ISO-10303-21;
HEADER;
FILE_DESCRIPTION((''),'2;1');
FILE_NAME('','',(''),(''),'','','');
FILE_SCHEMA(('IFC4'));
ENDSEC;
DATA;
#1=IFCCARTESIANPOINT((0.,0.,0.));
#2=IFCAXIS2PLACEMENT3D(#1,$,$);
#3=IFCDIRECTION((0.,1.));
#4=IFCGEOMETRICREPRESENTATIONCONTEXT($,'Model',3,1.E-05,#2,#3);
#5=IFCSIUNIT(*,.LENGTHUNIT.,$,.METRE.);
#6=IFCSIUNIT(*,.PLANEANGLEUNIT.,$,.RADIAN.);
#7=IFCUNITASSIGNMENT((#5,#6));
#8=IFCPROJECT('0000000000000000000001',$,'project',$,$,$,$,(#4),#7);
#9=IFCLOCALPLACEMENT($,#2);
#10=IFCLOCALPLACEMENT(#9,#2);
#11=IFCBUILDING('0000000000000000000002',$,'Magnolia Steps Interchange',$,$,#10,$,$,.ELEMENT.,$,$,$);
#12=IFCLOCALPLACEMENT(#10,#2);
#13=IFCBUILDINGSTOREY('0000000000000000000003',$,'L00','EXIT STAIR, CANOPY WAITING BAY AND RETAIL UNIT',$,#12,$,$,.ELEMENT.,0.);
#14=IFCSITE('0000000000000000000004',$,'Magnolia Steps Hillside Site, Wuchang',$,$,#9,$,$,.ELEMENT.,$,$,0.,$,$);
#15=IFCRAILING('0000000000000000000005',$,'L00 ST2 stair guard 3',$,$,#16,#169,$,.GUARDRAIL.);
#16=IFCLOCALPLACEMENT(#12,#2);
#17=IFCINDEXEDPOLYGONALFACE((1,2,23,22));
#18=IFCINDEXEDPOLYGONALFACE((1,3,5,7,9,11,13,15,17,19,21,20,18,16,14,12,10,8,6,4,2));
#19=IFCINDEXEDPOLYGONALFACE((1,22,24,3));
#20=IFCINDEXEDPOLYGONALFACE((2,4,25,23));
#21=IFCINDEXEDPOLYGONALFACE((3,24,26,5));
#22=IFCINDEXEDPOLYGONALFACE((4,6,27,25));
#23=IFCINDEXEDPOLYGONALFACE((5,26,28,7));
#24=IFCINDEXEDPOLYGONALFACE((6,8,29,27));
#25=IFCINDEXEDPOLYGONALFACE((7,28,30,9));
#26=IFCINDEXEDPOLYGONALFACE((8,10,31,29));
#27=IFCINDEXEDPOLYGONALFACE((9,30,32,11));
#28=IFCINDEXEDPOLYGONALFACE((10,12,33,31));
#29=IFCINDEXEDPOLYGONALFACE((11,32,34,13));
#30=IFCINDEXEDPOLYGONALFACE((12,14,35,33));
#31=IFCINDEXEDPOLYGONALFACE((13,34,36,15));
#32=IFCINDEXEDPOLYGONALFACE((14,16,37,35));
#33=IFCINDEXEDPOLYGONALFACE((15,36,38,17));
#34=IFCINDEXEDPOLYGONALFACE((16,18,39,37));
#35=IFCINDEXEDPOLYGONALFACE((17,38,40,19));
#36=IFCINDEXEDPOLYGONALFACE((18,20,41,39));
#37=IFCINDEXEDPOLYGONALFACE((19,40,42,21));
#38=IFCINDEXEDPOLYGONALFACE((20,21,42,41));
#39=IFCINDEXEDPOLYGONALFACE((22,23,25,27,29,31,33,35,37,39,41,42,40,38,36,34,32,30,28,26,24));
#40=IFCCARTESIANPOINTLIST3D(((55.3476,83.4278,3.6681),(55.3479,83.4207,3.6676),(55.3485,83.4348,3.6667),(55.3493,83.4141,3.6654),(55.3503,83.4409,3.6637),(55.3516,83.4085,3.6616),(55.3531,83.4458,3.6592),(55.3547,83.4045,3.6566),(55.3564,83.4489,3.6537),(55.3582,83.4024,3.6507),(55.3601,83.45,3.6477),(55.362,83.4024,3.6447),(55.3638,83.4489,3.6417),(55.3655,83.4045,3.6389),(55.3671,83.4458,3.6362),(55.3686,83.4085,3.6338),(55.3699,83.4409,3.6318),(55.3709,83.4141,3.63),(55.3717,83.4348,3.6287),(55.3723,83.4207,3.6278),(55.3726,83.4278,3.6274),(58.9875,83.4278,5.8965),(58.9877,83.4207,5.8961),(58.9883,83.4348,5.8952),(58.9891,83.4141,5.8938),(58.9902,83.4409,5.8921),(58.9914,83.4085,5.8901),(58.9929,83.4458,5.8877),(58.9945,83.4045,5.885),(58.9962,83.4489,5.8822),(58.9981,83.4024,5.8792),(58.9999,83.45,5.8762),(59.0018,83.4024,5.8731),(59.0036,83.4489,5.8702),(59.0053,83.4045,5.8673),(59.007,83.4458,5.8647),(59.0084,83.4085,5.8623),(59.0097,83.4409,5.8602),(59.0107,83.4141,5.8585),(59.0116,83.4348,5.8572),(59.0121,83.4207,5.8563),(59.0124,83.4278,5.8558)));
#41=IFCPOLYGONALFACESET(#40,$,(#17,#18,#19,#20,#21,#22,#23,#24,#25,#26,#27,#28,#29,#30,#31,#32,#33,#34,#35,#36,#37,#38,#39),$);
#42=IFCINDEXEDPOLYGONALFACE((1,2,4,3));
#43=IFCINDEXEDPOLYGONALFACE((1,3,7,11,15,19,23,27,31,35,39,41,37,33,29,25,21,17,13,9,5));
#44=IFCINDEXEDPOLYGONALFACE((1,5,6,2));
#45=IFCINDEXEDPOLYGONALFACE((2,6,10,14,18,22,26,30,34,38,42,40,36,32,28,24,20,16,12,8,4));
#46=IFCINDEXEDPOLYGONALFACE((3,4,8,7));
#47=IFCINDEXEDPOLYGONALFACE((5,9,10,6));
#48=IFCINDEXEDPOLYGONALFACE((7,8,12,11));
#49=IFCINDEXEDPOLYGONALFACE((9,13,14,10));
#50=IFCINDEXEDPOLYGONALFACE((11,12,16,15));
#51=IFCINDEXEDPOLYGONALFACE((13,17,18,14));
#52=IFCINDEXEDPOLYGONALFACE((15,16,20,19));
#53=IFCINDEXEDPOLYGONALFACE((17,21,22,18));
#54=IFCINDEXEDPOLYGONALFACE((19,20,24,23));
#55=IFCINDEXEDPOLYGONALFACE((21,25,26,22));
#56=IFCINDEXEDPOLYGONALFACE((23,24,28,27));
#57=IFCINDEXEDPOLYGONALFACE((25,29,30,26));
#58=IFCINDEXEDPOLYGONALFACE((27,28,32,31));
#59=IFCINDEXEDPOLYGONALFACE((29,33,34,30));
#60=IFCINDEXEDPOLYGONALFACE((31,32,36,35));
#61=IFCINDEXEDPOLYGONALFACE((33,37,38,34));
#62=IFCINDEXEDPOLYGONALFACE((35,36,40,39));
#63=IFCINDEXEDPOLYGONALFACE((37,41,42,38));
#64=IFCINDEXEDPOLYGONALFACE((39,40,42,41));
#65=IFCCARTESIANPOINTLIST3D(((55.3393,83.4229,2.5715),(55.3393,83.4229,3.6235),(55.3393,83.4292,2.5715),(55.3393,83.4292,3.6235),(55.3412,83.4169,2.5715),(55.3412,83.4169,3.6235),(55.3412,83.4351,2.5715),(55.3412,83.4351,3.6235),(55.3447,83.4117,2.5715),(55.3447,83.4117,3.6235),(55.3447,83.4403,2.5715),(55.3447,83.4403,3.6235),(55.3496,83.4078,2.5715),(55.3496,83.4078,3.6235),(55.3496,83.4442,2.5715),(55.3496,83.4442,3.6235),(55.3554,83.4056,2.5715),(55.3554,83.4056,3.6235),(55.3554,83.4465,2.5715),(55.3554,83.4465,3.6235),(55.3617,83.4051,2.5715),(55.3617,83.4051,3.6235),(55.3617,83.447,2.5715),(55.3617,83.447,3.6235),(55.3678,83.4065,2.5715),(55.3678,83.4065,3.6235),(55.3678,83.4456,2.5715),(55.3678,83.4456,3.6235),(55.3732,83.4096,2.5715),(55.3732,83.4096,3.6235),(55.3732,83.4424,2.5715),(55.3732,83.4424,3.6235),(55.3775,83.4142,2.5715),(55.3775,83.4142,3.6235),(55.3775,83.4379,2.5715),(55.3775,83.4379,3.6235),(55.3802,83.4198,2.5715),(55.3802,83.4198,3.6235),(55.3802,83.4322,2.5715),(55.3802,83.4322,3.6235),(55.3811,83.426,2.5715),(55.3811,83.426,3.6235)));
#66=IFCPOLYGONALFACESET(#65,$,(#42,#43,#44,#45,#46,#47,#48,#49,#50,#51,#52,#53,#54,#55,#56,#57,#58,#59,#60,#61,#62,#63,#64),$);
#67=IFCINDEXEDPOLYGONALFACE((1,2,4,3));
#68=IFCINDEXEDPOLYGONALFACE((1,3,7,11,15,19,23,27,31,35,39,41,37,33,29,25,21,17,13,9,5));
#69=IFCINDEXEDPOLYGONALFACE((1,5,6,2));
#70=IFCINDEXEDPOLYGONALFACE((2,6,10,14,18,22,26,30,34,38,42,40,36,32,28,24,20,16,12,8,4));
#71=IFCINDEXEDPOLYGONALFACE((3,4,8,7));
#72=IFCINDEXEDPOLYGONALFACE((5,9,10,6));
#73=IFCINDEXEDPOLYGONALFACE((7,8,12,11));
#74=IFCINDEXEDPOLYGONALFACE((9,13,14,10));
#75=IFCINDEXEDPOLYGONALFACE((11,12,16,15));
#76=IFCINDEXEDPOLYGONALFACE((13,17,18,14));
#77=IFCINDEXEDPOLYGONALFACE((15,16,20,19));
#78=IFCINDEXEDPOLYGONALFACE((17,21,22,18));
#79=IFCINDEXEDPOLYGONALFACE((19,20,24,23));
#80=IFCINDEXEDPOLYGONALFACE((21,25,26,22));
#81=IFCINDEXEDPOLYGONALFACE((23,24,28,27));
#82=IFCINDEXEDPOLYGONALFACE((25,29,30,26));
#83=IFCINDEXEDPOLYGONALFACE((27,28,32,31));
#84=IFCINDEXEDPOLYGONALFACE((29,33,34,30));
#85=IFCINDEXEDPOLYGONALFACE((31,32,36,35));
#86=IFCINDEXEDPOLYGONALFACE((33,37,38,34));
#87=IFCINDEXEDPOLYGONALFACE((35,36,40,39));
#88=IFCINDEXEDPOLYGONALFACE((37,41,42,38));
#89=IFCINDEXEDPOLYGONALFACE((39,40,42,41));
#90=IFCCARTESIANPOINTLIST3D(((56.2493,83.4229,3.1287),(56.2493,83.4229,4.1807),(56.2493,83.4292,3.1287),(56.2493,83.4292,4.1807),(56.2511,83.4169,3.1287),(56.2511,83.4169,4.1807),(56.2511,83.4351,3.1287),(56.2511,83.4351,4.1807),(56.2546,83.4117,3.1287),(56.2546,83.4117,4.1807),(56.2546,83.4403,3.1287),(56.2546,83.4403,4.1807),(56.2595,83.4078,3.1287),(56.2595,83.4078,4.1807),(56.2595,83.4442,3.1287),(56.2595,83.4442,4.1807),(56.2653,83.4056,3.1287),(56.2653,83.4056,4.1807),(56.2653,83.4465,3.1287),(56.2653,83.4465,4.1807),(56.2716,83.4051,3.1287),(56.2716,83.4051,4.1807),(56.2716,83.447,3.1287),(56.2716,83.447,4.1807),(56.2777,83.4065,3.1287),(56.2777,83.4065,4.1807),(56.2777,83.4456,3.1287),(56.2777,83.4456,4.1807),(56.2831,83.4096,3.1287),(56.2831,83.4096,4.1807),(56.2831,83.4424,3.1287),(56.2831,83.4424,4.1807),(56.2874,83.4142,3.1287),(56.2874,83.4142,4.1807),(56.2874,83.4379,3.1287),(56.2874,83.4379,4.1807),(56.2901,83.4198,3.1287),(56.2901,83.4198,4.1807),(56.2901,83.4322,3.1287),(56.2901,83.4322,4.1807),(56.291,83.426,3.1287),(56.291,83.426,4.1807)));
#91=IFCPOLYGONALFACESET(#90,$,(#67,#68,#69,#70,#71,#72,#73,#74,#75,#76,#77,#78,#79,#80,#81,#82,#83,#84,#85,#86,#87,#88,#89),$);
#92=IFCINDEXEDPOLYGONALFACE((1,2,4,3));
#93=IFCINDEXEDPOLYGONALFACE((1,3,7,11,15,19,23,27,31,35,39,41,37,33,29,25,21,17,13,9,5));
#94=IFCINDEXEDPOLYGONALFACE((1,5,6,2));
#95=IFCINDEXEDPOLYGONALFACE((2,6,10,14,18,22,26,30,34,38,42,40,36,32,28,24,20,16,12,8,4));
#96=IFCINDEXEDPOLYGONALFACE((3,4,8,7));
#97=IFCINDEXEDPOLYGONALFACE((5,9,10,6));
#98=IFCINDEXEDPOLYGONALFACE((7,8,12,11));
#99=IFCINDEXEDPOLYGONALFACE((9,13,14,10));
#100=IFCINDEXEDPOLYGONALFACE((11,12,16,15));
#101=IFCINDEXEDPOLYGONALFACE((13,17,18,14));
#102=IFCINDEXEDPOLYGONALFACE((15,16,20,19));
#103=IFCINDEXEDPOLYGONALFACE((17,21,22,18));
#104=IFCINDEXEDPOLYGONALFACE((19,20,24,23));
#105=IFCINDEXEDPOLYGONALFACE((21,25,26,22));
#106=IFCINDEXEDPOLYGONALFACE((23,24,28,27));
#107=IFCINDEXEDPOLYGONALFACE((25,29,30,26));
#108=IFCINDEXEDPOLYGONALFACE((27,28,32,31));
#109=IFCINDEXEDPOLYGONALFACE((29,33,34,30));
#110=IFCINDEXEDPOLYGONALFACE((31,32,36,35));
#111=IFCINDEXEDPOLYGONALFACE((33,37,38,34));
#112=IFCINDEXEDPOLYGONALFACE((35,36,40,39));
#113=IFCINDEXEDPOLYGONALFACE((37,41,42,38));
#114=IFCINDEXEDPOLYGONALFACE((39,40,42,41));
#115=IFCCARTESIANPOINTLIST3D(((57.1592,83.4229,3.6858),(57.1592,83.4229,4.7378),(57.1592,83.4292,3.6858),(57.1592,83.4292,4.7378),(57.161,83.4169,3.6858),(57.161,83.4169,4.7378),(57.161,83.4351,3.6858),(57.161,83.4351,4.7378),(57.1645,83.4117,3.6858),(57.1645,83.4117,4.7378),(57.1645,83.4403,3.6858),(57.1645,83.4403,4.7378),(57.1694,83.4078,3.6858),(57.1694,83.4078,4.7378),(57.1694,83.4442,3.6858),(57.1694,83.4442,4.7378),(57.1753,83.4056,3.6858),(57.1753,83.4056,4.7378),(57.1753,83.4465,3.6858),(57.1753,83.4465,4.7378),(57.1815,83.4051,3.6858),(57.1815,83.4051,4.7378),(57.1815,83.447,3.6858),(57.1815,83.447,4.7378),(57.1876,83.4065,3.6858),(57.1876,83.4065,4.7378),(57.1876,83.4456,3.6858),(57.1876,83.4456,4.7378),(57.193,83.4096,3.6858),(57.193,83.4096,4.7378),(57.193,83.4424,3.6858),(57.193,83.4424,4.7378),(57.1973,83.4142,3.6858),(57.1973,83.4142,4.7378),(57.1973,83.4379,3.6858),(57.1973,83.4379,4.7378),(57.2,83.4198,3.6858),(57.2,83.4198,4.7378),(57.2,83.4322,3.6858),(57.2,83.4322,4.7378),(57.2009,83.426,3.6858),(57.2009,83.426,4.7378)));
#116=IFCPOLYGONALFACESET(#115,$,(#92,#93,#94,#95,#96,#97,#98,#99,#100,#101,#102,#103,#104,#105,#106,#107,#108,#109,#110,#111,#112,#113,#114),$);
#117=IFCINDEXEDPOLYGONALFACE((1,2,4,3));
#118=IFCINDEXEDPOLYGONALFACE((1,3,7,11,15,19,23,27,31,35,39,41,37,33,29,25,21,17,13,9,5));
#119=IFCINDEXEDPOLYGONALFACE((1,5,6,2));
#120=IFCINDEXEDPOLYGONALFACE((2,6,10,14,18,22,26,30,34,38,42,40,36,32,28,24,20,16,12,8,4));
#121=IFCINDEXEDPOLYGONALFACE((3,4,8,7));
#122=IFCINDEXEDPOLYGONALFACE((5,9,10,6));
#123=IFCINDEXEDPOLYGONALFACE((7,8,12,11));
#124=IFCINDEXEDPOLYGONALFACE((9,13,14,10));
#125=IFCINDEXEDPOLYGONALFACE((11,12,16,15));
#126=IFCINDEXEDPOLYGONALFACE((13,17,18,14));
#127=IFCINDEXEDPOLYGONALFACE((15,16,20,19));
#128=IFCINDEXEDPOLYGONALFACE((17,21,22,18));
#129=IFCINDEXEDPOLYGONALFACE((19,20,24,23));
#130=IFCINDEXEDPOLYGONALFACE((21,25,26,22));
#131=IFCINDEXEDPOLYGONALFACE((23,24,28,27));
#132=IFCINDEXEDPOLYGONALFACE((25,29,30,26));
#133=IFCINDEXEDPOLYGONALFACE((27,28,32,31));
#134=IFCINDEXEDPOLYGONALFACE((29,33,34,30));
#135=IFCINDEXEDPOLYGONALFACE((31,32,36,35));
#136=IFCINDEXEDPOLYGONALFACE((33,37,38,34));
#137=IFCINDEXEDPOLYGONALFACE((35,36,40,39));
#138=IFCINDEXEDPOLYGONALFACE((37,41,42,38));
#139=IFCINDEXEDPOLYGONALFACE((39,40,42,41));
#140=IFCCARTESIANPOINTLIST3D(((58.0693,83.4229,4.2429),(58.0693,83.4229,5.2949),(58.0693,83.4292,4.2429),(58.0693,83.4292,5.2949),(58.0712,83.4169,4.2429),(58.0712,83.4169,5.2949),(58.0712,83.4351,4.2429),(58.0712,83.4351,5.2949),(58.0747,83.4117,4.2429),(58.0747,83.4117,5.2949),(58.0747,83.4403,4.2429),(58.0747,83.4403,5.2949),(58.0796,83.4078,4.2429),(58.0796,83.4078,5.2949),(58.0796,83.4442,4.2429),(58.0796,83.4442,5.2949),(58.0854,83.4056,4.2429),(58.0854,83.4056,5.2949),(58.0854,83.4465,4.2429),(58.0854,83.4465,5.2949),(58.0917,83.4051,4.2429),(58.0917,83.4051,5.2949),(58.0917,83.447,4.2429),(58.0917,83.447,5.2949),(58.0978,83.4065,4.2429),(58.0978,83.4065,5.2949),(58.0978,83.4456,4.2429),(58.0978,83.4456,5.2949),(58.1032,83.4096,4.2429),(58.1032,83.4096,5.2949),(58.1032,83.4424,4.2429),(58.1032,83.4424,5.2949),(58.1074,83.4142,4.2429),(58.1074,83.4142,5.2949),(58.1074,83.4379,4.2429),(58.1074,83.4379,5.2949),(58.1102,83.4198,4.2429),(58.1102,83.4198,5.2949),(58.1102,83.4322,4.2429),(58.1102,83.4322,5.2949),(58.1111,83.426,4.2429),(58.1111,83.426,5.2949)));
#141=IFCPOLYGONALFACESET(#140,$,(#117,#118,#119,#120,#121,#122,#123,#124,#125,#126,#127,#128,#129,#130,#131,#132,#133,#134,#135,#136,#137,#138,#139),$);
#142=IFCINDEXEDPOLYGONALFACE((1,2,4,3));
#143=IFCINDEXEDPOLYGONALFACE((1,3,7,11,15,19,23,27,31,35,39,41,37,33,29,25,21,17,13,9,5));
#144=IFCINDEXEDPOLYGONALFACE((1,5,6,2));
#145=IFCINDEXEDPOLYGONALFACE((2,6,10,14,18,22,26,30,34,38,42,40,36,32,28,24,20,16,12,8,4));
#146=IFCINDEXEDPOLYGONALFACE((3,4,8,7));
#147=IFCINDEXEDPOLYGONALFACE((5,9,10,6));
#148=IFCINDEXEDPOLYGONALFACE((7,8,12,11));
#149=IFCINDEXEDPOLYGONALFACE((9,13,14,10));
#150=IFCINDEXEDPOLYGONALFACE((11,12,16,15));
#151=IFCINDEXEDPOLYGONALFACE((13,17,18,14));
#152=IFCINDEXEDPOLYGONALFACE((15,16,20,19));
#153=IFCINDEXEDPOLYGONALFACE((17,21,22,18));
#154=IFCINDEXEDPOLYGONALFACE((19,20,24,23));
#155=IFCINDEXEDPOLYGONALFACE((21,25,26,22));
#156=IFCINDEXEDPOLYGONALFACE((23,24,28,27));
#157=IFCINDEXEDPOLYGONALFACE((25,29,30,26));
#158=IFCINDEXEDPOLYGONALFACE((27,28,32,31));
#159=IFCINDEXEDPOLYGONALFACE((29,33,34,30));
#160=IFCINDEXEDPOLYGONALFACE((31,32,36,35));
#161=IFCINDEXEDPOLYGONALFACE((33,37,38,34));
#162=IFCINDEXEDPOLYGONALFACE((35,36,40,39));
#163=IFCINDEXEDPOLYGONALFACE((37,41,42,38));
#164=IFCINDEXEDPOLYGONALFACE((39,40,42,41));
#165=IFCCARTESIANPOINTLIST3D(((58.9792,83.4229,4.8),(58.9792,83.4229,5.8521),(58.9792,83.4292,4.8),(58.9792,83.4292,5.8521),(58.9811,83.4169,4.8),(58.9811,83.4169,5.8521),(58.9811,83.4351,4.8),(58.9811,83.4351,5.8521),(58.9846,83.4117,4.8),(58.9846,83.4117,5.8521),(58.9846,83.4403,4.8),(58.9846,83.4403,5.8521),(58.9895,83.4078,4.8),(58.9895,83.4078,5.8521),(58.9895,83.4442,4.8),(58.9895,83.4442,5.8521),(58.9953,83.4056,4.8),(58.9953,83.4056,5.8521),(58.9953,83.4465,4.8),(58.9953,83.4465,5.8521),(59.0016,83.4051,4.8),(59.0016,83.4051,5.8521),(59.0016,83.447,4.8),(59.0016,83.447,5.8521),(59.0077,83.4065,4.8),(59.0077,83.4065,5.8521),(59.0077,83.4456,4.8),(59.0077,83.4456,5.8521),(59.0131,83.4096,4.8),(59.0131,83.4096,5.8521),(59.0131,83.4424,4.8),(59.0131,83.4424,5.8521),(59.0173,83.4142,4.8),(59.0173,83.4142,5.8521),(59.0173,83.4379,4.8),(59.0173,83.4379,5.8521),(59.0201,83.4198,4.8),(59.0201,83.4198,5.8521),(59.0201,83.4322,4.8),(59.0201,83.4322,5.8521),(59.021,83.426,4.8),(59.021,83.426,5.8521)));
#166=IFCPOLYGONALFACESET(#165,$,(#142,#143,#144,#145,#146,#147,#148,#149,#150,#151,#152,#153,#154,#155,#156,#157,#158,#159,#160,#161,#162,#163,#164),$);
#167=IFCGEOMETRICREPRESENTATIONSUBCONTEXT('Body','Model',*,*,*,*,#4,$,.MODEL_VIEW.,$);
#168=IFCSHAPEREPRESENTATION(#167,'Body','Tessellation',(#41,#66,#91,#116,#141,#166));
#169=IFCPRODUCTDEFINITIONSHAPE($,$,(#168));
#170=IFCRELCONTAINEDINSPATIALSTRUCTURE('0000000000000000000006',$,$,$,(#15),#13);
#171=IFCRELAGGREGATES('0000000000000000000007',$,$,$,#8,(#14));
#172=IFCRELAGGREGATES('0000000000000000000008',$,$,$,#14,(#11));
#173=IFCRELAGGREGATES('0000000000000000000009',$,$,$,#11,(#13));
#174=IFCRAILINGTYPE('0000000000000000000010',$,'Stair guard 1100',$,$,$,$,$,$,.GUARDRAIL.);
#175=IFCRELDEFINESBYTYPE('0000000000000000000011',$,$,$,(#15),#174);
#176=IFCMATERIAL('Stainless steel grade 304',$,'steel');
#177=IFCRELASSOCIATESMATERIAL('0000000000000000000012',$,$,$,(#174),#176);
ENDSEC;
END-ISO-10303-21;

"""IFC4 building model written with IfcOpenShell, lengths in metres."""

from ifc_helpers import new_model, si_unit, direction, frame, origin, origin_2d, place, context, subcontext, project, spatial, circle, extrude, material, type_object, element, save


model = new_model("IFC4")

# Units and contexts
model_context = context("Model", 3, precision=1e-05, world=origin(), true_north=direction((0.0, 1.0)))
body_context = subcontext(model_context, "Body", "Model", "MODEL_VIEW")
ifc_project = project(units=[si_unit("LENGTHUNIT", "METRE"), si_unit("PLANEANGLEUNIT", "RADIAN")], contexts=[model_context])

# Site, building, storey
site_placement = place(None, origin())
site = spatial("IfcSite", under=ifc_project, at=site_placement, Name="Magnolia Steps Hillside Site, Wuchang", CompositionType="ELEMENT", RefElevation=0.0)
building_placement = place(site_placement, origin())
building = spatial("IfcBuilding", under=site, at=building_placement, Name="Magnolia Steps Interchange", CompositionType="ELEMENT")
storey_placement = place(building_placement, origin())
storey = spatial("IfcBuildingStorey", under=building, at=storey_placement, Name="L00", Description="EXIT STAIR, CANOPY WAITING BAY AND RETAIL UNIT", CompositionType="ELEMENT", Elevation=0.0)

# Railing
ifc_material_1 = material(Name="Stainless steel grade 304", Category="steel")
railing_type_1 = type_object("IfcRailingType", Name="Stair guard 1100", PredefinedType="GUARDRAIL", material=ifc_material_1)
railing_1_placement = place(storey_placement, frame((55.3601, 83.426, 2.5715)))
element("IfcRailing", 1, at=railing_1_placement, inside=storey, type_object=railing_type_1, Name="L00 ST2 stair guard 3", PredefinedType="GUARDRAIL", context=body_context, shape_type="SweptSolid", body=[
    extrude(circle(Radius=0.0239, at=origin_2d()), frame((0.0, 0.0, 1.0762), z_axis=(0.85285, 0.0, 0.522156), x_axis=(0.0, 1.0, 0.0)), (0.0, 0.0, 1.0), 4.2678),
    extrude(circle(Radius=0.021, at=origin_2d()), origin(), (0.0, 0.0, 1.0), 1.052),
    extrude(circle(Radius=0.021, at=origin_2d()), frame((0.9099, 0.0, 0.5571)), (0.0, 0.0, 1.0), 1.052),
    extrude(circle(Radius=0.021, at=origin_2d()), frame((1.8198, 0.0, 1.1143)), (0.0, 0.0, 1.0), 1.052),
    extrude(circle(Radius=0.021, at=origin_2d()), frame((2.73, 0.0, 1.6714)), (0.0, 0.0, 1.0), 1.052),
    extrude(circle(Radius=0.021, at=origin_2d()), frame((3.6399, 0.0, 2.2285)), (0.0, 0.0, 1.0), 1.052),
])

save(model, "model.ifc")
